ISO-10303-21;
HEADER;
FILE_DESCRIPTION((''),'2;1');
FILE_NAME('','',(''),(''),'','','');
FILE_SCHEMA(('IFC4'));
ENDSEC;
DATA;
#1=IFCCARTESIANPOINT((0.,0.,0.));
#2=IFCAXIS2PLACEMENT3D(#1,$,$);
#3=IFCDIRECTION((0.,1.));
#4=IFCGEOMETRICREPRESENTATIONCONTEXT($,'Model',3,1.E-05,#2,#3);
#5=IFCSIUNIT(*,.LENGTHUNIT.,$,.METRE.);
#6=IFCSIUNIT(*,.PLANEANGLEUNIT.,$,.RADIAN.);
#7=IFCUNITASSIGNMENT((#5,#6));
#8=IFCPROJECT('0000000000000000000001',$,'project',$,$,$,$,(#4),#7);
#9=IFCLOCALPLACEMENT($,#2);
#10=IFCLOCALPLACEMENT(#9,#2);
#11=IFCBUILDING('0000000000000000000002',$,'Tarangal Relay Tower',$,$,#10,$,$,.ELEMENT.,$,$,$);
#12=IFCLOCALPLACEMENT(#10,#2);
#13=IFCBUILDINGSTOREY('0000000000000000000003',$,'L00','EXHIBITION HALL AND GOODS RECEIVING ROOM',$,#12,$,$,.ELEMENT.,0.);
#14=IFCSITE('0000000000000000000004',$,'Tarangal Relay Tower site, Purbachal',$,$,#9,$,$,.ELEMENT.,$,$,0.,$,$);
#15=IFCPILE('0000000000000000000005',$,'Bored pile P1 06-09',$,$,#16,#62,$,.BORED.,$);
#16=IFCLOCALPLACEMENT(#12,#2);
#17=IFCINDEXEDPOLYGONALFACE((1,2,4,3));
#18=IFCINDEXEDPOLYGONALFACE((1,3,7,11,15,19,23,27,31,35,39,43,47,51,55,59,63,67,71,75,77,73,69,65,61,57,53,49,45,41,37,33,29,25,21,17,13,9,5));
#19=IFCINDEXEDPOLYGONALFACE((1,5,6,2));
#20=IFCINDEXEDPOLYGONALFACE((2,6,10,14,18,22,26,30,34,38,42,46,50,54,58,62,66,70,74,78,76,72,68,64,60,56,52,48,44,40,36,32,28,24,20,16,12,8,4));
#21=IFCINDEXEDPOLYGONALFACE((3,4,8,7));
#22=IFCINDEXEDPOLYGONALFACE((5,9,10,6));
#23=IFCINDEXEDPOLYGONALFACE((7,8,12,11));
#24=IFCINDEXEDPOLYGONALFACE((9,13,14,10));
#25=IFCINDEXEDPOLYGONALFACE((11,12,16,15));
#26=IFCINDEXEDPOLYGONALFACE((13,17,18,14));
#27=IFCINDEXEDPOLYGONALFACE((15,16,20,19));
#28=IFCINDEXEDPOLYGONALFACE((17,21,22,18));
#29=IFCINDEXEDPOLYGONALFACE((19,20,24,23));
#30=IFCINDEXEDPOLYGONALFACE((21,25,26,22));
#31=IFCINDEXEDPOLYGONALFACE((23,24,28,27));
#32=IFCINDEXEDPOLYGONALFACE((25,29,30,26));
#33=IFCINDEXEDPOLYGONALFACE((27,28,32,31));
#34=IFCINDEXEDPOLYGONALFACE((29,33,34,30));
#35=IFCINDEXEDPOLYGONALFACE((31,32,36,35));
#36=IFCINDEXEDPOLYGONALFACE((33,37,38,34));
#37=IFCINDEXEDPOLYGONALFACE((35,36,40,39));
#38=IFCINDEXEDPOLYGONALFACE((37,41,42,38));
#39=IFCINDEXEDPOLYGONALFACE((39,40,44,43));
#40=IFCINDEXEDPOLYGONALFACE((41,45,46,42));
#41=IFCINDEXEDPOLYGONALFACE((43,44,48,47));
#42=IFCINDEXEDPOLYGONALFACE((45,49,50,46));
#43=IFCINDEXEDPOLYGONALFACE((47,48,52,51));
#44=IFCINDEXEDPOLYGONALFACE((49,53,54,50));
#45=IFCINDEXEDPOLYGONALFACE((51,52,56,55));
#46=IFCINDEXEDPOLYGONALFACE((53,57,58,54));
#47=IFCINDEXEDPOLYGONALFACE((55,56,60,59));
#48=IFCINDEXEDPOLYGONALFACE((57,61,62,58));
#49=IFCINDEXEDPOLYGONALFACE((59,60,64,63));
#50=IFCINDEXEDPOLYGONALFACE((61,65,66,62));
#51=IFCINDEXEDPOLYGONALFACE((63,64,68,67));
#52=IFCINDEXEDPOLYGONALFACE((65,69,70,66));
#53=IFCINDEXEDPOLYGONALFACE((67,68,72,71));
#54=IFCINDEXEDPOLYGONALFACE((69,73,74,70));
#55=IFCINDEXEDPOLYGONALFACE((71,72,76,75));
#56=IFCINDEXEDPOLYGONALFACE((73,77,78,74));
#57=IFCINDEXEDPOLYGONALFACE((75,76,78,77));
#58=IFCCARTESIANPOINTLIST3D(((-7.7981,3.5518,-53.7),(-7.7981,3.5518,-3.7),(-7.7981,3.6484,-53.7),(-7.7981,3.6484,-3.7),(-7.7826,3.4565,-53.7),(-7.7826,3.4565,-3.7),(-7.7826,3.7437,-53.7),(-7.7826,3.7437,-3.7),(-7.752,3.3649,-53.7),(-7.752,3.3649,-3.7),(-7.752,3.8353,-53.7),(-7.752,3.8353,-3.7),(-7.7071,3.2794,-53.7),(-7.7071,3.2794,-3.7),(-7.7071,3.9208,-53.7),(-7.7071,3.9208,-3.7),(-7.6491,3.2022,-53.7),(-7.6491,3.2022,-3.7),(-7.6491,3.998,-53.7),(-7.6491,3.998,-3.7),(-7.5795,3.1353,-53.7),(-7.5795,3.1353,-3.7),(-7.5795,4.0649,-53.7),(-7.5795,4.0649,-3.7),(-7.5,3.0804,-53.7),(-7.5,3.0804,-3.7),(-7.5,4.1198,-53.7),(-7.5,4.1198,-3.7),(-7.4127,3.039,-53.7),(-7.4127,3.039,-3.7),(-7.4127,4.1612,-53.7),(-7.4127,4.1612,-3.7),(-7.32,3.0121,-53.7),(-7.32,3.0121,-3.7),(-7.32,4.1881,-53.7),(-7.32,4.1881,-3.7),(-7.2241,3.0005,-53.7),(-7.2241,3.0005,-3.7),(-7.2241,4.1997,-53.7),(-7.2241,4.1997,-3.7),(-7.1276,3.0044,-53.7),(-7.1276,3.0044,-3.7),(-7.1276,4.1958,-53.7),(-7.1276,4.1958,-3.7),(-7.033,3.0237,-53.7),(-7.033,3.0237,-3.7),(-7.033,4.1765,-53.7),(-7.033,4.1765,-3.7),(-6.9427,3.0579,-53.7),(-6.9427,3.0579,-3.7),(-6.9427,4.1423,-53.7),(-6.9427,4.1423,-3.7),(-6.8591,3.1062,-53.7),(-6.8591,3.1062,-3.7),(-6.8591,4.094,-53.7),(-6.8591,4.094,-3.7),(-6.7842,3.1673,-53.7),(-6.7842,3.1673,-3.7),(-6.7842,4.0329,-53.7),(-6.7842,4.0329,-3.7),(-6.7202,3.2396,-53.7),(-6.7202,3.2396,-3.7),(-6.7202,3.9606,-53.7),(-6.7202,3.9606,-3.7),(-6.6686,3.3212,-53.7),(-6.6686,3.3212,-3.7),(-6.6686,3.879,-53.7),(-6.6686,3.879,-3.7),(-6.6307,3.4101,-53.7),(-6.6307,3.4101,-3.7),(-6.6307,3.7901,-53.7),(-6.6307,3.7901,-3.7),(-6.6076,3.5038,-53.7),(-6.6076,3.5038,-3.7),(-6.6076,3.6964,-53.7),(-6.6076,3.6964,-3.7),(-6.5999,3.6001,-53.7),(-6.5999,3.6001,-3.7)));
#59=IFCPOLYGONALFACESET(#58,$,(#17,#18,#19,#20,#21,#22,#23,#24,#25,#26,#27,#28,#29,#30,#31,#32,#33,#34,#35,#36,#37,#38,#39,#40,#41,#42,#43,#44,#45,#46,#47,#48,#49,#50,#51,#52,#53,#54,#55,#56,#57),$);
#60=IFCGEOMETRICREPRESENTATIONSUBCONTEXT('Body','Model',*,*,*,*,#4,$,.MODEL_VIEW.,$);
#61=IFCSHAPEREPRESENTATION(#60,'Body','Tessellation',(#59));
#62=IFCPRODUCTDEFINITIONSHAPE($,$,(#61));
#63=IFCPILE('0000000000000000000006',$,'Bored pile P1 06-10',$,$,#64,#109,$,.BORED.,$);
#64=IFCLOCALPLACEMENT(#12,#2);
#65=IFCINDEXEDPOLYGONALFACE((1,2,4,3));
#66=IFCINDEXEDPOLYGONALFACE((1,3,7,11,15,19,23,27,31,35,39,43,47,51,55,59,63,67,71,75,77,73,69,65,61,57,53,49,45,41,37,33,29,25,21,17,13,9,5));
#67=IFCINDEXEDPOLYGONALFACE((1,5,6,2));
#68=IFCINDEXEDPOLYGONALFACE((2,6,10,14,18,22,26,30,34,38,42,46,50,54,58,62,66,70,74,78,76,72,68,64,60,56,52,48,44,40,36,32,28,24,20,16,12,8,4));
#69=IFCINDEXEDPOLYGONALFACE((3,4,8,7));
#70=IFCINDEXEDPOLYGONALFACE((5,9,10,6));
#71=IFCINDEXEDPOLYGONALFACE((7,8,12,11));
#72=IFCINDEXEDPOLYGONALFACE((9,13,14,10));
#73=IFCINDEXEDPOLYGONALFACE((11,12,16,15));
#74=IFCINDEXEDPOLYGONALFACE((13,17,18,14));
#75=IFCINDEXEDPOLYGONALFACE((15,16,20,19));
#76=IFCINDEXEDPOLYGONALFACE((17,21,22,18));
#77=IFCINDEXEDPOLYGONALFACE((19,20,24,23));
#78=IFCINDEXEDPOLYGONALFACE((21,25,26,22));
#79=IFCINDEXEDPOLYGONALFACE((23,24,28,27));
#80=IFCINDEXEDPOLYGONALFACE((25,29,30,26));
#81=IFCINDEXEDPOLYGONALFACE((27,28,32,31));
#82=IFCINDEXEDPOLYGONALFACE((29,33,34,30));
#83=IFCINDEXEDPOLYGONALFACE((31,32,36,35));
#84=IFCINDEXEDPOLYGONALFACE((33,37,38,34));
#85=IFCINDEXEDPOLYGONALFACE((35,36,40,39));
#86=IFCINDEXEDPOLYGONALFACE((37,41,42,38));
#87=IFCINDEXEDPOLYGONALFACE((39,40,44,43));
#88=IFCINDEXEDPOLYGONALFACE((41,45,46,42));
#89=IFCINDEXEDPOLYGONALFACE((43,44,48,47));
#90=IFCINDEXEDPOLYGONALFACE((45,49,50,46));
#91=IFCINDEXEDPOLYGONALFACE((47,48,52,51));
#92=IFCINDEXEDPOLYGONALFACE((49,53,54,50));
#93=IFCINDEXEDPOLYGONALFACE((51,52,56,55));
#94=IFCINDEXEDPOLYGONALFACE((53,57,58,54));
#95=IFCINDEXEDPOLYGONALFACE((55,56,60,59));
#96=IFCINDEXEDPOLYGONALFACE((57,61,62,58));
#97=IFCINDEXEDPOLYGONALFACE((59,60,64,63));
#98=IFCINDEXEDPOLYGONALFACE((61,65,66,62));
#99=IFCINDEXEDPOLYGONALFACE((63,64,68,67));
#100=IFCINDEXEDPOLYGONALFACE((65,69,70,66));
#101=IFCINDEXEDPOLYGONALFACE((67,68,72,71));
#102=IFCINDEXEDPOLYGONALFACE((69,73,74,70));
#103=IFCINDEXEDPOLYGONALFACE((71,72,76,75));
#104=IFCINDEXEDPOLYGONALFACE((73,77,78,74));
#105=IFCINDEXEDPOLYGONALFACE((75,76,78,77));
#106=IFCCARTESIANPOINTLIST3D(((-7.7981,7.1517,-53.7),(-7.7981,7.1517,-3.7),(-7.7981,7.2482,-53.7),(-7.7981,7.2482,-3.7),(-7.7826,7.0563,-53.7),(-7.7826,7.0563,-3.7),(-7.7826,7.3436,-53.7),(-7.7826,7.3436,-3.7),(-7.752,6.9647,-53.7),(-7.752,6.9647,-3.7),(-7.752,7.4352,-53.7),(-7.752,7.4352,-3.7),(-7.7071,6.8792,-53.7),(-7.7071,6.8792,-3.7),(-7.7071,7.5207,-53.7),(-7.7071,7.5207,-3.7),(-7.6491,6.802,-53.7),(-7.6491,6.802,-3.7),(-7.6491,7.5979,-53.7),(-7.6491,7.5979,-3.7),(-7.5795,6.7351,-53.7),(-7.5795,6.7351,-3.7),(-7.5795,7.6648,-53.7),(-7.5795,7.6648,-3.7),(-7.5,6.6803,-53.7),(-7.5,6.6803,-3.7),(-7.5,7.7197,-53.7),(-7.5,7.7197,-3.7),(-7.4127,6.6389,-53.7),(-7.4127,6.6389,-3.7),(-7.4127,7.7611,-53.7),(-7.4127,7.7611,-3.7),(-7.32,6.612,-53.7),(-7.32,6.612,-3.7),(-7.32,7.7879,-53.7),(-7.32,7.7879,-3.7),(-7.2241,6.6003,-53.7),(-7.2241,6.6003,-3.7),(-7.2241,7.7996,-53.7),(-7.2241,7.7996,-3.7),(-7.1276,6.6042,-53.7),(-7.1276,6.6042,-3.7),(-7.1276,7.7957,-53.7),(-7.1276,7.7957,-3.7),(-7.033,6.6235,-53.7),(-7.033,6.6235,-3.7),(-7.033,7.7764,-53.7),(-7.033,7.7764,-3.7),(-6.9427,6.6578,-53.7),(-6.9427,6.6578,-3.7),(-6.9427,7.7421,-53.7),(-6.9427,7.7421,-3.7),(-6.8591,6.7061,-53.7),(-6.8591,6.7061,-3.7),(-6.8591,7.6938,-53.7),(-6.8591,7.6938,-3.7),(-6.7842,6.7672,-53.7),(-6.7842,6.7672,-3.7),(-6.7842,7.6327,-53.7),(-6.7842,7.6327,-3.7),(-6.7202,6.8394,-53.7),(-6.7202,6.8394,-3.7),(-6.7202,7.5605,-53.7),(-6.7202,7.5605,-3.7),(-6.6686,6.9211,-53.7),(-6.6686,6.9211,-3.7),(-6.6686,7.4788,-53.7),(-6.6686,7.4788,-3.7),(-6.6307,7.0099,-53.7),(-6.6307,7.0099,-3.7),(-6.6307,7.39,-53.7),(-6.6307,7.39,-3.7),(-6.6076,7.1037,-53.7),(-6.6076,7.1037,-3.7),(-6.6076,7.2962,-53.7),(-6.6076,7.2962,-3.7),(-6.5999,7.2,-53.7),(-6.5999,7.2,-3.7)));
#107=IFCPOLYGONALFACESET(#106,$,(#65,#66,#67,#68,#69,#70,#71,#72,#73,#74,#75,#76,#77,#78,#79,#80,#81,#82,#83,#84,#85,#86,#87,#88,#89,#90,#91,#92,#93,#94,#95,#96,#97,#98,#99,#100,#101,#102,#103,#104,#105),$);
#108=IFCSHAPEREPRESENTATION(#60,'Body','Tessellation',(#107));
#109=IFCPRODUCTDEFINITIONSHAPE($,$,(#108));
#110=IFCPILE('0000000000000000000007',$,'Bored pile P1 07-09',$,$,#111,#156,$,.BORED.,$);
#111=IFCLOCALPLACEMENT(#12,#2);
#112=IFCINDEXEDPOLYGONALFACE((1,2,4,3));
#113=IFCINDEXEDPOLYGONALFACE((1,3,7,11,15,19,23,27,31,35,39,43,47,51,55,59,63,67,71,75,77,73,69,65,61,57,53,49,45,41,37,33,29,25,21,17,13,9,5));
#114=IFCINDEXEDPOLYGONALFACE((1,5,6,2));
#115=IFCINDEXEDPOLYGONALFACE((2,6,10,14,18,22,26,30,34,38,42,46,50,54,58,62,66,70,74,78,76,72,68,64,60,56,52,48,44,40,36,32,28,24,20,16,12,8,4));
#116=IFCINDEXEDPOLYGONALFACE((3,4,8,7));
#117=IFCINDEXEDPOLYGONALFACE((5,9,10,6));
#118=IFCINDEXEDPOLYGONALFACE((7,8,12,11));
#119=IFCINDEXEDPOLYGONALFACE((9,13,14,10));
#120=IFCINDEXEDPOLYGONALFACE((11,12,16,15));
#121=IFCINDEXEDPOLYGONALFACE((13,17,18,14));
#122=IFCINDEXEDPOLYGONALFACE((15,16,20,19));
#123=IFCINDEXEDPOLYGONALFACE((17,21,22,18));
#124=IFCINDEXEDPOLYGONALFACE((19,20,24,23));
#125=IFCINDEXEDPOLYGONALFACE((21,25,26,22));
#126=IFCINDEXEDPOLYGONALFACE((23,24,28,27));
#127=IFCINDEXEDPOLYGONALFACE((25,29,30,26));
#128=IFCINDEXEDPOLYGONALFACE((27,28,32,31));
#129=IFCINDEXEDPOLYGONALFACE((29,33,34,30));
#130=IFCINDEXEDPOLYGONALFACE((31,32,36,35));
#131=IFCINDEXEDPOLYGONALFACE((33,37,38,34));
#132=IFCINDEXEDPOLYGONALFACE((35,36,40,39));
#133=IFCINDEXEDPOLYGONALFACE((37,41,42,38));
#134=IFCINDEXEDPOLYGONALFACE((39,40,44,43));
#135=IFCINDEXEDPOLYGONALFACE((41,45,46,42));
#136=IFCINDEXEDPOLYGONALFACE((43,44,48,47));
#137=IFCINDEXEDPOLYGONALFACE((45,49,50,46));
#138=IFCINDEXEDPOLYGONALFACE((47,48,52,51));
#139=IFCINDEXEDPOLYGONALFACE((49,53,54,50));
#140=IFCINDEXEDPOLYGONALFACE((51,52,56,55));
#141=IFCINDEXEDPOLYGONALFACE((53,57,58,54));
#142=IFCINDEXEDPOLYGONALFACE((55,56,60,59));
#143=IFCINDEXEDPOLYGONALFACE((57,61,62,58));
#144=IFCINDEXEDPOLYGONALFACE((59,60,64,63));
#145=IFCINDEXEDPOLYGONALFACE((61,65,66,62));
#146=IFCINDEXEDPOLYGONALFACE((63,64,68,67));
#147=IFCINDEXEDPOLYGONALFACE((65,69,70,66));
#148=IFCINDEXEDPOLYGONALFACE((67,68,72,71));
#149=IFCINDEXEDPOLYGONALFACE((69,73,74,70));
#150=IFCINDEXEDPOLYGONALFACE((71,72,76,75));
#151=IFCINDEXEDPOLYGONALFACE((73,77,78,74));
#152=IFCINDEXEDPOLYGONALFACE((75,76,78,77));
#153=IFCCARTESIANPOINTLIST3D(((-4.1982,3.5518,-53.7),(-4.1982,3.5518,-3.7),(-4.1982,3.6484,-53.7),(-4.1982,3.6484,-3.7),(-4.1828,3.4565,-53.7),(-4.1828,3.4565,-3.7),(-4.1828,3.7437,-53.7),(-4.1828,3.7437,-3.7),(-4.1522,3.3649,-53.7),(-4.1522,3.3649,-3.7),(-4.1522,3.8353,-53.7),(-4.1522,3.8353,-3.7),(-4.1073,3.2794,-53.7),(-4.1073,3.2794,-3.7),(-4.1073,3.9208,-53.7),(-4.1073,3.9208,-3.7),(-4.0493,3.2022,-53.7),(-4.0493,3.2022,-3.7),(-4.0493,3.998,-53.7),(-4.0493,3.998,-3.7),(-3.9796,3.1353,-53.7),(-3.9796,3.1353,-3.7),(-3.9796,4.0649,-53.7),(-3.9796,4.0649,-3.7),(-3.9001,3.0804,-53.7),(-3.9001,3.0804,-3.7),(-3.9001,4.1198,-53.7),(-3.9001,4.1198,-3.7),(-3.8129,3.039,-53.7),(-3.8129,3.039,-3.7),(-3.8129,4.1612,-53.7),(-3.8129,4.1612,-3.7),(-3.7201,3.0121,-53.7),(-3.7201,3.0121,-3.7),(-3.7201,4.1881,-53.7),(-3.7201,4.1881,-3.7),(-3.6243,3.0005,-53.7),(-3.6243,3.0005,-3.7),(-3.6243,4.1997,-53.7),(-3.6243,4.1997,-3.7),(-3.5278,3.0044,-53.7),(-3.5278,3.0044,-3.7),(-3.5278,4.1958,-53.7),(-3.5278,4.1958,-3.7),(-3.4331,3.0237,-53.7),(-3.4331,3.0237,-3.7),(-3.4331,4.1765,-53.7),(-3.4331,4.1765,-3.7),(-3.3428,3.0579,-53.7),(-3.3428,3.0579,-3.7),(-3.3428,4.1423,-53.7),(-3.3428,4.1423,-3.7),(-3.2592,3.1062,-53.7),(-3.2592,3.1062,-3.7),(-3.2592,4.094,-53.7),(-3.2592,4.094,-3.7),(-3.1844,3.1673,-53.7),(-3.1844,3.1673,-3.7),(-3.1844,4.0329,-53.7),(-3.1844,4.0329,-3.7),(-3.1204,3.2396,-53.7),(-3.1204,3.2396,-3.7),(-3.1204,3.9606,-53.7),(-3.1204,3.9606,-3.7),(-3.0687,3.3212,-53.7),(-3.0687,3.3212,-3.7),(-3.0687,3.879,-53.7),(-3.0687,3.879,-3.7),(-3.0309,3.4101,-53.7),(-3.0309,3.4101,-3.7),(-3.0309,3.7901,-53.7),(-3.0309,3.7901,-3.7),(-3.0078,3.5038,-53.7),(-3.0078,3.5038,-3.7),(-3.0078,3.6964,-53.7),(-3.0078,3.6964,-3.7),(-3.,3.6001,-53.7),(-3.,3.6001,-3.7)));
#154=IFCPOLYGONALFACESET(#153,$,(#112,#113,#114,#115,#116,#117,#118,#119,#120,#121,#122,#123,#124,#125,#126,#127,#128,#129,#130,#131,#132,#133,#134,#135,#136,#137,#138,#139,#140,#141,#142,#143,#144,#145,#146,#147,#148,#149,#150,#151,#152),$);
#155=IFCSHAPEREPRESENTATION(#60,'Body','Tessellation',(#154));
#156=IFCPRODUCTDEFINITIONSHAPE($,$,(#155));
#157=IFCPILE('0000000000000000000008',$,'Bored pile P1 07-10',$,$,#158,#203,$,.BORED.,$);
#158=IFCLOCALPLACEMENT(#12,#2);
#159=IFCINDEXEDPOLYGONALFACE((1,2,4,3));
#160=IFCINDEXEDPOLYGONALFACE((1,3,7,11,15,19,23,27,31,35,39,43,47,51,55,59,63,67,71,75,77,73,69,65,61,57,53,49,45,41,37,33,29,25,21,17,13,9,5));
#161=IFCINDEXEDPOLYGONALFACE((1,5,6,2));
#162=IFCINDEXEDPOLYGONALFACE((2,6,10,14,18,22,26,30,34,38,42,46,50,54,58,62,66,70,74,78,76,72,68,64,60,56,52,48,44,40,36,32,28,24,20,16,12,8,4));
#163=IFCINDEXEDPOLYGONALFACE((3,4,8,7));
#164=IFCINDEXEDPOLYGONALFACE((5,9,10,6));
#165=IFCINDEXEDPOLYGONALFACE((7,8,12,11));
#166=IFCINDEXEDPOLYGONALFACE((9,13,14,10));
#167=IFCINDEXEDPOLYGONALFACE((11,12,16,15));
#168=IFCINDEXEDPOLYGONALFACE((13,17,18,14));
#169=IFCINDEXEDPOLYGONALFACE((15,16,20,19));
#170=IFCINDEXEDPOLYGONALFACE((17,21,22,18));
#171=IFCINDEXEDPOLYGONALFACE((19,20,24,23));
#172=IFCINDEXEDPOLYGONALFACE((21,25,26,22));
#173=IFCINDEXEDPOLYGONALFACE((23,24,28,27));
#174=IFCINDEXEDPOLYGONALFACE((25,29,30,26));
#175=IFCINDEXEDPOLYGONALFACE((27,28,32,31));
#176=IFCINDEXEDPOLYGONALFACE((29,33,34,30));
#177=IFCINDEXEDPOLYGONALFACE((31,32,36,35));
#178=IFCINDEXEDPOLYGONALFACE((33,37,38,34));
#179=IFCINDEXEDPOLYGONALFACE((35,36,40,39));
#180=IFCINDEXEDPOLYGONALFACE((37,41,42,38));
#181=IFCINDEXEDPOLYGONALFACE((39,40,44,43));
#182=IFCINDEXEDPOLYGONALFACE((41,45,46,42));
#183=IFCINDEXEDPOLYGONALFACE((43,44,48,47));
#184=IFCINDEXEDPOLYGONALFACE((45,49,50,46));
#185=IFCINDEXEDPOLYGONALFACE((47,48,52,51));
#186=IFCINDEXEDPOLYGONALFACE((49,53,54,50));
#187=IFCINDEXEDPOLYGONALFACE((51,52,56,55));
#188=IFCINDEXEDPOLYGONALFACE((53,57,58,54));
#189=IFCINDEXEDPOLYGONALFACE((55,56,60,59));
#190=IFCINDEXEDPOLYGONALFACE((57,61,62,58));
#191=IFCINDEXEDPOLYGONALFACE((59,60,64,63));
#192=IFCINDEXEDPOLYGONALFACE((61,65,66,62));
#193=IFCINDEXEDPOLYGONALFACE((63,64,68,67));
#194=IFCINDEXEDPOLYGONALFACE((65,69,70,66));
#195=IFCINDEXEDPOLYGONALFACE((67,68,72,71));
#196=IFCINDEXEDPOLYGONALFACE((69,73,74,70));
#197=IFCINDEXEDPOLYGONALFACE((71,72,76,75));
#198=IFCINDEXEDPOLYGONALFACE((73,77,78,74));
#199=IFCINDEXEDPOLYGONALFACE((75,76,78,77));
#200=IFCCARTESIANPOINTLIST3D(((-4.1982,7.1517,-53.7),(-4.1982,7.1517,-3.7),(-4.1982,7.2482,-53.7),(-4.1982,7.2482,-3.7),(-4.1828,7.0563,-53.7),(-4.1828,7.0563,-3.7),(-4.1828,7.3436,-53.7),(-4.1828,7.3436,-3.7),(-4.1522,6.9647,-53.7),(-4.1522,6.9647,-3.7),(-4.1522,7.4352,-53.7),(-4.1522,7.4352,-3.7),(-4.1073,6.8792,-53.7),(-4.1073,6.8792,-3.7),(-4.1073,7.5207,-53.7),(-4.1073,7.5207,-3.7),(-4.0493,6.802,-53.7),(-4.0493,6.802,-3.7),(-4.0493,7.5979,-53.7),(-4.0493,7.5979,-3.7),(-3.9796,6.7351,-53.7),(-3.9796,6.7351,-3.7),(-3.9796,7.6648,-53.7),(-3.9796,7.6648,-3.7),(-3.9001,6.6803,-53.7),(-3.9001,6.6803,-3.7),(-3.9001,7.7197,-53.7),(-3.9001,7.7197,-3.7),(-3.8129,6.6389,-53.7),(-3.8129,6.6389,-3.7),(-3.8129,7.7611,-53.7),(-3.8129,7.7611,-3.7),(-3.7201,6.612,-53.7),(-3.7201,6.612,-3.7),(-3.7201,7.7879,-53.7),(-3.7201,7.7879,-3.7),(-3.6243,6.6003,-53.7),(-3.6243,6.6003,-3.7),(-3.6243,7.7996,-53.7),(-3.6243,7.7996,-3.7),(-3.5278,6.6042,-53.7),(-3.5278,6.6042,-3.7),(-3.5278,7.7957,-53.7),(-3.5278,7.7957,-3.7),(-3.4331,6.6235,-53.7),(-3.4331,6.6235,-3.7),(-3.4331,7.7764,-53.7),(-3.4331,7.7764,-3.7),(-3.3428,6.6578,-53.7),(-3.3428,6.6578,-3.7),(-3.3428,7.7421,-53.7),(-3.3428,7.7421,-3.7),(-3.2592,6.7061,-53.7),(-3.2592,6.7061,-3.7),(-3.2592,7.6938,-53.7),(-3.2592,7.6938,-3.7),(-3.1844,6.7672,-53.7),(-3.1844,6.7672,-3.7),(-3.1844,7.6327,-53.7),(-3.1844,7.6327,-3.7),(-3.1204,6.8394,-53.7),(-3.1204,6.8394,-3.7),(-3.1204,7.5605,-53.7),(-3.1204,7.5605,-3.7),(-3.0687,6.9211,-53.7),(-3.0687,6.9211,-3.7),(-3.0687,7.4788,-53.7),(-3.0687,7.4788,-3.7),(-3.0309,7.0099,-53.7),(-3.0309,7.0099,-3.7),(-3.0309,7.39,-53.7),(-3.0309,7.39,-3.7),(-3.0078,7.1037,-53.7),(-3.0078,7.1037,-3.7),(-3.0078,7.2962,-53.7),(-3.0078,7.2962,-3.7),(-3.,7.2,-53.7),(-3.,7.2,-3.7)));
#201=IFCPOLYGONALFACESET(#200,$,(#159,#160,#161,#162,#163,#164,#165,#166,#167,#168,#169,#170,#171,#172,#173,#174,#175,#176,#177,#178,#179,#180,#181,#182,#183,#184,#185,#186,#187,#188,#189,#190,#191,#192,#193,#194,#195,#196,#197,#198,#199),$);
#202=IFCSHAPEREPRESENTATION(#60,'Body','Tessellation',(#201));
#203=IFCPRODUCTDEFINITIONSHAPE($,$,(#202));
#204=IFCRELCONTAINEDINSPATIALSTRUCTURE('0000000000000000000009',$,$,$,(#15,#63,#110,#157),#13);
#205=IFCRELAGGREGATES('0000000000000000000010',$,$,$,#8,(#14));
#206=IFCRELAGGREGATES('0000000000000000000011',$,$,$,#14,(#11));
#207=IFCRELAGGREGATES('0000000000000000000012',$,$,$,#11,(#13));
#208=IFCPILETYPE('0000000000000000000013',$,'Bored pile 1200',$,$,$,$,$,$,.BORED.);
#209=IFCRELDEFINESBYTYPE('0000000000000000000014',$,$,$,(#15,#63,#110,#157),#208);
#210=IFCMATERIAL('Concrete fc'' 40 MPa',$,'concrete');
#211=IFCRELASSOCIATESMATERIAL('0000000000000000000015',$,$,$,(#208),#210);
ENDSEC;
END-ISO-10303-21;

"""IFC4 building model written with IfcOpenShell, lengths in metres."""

from ifc_helpers import new_model, si_unit, direction, frame, origin, origin_2d, place, context, subcontext, project, spatial, circle, extrude, material, material_profile, profile_set, type_object, element, save


model = new_model("IFC4")

# Units and contexts
model_context = context("Model", 3, precision=1e-05, world=origin(), true_north=direction((0.0, 1.0)))
body_context = subcontext(model_context, "Body", "Model", "MODEL_VIEW")
ifc_project = project(units=[si_unit("LENGTHUNIT", "METRE"), si_unit("PLANEANGLEUNIT", "RADIAN")], contexts=[model_context])

# Site, building, storey
site_placement = place(None, origin())
site = spatial("IfcSite", under=ifc_project, at=site_placement, Name="Tarangal Relay Tower site, Purbachal", CompositionType="ELEMENT", RefElevation=0.0)
building_placement = place(site_placement, origin())
building = spatial("IfcBuilding", under=site, at=building_placement, Name="Tarangal Relay Tower", CompositionType="ELEMENT")
storey_placement = place(building_placement, origin())
storey = spatial("IfcBuildingStorey", under=building, at=storey_placement, Name="L00", Description="EXHIBITION HALL AND GOODS RECEIVING ROOM", CompositionType="ELEMENT", Elevation=0.0)

# Piles
ifc_material_1 = material(Name="Concrete fc' 40 MPa", Category="concrete")
ifc_material_profile = material_profile(ifc_material_1, circle(Radius=0.6001, at=origin_2d()), Name="D1200")
ifc_profile_set = profile_set([ifc_material_profile], Name="Concrete fc' 40 MPa")
pile_type = type_object("IfcPileType", Name="Bored pile 1200", PredefinedType="BORED", material=ifc_profile_set)
for number, where, z_axis, x_axis, name in (
    (1, (-7.2, 3.6001, -3.7), (0.0, 0.0, -1.0), (1.0, 0.0, 0.0), "Bored pile P1 06-09"),
    (2, (-7.2, 7.2, -3.7), (0.0, 0.0, -1.0), (1.0, 0.0, 0.0), "Bored pile P1 06-10"),
    (3, (-3.6001, 3.6001, -3.7), (0.0, 0.0, -1.0), (1.0, 0.0, 0.0), "Bored pile P1 07-09"),
    (4, (-3.6001, 7.2, -3.7), (0.0, 0.0, -1.0), (1.0, 0.0, 0.0), "Bored pile P1 07-10"),
):
    element("IfcPile", number, at=place(storey_placement, frame(where, z_axis=z_axis, x_axis=x_axis)), inside=storey, type_object=pile_type, Name=name, PredefinedType="BORED", context=body_context, shape_type="SweptSolid", body=[
        extrude(circle(Radius=0.6001, at=origin_2d()), origin(), (0.0, 0.0, 1.0), 50.0),
    ])

save(model, "model.ifc")
